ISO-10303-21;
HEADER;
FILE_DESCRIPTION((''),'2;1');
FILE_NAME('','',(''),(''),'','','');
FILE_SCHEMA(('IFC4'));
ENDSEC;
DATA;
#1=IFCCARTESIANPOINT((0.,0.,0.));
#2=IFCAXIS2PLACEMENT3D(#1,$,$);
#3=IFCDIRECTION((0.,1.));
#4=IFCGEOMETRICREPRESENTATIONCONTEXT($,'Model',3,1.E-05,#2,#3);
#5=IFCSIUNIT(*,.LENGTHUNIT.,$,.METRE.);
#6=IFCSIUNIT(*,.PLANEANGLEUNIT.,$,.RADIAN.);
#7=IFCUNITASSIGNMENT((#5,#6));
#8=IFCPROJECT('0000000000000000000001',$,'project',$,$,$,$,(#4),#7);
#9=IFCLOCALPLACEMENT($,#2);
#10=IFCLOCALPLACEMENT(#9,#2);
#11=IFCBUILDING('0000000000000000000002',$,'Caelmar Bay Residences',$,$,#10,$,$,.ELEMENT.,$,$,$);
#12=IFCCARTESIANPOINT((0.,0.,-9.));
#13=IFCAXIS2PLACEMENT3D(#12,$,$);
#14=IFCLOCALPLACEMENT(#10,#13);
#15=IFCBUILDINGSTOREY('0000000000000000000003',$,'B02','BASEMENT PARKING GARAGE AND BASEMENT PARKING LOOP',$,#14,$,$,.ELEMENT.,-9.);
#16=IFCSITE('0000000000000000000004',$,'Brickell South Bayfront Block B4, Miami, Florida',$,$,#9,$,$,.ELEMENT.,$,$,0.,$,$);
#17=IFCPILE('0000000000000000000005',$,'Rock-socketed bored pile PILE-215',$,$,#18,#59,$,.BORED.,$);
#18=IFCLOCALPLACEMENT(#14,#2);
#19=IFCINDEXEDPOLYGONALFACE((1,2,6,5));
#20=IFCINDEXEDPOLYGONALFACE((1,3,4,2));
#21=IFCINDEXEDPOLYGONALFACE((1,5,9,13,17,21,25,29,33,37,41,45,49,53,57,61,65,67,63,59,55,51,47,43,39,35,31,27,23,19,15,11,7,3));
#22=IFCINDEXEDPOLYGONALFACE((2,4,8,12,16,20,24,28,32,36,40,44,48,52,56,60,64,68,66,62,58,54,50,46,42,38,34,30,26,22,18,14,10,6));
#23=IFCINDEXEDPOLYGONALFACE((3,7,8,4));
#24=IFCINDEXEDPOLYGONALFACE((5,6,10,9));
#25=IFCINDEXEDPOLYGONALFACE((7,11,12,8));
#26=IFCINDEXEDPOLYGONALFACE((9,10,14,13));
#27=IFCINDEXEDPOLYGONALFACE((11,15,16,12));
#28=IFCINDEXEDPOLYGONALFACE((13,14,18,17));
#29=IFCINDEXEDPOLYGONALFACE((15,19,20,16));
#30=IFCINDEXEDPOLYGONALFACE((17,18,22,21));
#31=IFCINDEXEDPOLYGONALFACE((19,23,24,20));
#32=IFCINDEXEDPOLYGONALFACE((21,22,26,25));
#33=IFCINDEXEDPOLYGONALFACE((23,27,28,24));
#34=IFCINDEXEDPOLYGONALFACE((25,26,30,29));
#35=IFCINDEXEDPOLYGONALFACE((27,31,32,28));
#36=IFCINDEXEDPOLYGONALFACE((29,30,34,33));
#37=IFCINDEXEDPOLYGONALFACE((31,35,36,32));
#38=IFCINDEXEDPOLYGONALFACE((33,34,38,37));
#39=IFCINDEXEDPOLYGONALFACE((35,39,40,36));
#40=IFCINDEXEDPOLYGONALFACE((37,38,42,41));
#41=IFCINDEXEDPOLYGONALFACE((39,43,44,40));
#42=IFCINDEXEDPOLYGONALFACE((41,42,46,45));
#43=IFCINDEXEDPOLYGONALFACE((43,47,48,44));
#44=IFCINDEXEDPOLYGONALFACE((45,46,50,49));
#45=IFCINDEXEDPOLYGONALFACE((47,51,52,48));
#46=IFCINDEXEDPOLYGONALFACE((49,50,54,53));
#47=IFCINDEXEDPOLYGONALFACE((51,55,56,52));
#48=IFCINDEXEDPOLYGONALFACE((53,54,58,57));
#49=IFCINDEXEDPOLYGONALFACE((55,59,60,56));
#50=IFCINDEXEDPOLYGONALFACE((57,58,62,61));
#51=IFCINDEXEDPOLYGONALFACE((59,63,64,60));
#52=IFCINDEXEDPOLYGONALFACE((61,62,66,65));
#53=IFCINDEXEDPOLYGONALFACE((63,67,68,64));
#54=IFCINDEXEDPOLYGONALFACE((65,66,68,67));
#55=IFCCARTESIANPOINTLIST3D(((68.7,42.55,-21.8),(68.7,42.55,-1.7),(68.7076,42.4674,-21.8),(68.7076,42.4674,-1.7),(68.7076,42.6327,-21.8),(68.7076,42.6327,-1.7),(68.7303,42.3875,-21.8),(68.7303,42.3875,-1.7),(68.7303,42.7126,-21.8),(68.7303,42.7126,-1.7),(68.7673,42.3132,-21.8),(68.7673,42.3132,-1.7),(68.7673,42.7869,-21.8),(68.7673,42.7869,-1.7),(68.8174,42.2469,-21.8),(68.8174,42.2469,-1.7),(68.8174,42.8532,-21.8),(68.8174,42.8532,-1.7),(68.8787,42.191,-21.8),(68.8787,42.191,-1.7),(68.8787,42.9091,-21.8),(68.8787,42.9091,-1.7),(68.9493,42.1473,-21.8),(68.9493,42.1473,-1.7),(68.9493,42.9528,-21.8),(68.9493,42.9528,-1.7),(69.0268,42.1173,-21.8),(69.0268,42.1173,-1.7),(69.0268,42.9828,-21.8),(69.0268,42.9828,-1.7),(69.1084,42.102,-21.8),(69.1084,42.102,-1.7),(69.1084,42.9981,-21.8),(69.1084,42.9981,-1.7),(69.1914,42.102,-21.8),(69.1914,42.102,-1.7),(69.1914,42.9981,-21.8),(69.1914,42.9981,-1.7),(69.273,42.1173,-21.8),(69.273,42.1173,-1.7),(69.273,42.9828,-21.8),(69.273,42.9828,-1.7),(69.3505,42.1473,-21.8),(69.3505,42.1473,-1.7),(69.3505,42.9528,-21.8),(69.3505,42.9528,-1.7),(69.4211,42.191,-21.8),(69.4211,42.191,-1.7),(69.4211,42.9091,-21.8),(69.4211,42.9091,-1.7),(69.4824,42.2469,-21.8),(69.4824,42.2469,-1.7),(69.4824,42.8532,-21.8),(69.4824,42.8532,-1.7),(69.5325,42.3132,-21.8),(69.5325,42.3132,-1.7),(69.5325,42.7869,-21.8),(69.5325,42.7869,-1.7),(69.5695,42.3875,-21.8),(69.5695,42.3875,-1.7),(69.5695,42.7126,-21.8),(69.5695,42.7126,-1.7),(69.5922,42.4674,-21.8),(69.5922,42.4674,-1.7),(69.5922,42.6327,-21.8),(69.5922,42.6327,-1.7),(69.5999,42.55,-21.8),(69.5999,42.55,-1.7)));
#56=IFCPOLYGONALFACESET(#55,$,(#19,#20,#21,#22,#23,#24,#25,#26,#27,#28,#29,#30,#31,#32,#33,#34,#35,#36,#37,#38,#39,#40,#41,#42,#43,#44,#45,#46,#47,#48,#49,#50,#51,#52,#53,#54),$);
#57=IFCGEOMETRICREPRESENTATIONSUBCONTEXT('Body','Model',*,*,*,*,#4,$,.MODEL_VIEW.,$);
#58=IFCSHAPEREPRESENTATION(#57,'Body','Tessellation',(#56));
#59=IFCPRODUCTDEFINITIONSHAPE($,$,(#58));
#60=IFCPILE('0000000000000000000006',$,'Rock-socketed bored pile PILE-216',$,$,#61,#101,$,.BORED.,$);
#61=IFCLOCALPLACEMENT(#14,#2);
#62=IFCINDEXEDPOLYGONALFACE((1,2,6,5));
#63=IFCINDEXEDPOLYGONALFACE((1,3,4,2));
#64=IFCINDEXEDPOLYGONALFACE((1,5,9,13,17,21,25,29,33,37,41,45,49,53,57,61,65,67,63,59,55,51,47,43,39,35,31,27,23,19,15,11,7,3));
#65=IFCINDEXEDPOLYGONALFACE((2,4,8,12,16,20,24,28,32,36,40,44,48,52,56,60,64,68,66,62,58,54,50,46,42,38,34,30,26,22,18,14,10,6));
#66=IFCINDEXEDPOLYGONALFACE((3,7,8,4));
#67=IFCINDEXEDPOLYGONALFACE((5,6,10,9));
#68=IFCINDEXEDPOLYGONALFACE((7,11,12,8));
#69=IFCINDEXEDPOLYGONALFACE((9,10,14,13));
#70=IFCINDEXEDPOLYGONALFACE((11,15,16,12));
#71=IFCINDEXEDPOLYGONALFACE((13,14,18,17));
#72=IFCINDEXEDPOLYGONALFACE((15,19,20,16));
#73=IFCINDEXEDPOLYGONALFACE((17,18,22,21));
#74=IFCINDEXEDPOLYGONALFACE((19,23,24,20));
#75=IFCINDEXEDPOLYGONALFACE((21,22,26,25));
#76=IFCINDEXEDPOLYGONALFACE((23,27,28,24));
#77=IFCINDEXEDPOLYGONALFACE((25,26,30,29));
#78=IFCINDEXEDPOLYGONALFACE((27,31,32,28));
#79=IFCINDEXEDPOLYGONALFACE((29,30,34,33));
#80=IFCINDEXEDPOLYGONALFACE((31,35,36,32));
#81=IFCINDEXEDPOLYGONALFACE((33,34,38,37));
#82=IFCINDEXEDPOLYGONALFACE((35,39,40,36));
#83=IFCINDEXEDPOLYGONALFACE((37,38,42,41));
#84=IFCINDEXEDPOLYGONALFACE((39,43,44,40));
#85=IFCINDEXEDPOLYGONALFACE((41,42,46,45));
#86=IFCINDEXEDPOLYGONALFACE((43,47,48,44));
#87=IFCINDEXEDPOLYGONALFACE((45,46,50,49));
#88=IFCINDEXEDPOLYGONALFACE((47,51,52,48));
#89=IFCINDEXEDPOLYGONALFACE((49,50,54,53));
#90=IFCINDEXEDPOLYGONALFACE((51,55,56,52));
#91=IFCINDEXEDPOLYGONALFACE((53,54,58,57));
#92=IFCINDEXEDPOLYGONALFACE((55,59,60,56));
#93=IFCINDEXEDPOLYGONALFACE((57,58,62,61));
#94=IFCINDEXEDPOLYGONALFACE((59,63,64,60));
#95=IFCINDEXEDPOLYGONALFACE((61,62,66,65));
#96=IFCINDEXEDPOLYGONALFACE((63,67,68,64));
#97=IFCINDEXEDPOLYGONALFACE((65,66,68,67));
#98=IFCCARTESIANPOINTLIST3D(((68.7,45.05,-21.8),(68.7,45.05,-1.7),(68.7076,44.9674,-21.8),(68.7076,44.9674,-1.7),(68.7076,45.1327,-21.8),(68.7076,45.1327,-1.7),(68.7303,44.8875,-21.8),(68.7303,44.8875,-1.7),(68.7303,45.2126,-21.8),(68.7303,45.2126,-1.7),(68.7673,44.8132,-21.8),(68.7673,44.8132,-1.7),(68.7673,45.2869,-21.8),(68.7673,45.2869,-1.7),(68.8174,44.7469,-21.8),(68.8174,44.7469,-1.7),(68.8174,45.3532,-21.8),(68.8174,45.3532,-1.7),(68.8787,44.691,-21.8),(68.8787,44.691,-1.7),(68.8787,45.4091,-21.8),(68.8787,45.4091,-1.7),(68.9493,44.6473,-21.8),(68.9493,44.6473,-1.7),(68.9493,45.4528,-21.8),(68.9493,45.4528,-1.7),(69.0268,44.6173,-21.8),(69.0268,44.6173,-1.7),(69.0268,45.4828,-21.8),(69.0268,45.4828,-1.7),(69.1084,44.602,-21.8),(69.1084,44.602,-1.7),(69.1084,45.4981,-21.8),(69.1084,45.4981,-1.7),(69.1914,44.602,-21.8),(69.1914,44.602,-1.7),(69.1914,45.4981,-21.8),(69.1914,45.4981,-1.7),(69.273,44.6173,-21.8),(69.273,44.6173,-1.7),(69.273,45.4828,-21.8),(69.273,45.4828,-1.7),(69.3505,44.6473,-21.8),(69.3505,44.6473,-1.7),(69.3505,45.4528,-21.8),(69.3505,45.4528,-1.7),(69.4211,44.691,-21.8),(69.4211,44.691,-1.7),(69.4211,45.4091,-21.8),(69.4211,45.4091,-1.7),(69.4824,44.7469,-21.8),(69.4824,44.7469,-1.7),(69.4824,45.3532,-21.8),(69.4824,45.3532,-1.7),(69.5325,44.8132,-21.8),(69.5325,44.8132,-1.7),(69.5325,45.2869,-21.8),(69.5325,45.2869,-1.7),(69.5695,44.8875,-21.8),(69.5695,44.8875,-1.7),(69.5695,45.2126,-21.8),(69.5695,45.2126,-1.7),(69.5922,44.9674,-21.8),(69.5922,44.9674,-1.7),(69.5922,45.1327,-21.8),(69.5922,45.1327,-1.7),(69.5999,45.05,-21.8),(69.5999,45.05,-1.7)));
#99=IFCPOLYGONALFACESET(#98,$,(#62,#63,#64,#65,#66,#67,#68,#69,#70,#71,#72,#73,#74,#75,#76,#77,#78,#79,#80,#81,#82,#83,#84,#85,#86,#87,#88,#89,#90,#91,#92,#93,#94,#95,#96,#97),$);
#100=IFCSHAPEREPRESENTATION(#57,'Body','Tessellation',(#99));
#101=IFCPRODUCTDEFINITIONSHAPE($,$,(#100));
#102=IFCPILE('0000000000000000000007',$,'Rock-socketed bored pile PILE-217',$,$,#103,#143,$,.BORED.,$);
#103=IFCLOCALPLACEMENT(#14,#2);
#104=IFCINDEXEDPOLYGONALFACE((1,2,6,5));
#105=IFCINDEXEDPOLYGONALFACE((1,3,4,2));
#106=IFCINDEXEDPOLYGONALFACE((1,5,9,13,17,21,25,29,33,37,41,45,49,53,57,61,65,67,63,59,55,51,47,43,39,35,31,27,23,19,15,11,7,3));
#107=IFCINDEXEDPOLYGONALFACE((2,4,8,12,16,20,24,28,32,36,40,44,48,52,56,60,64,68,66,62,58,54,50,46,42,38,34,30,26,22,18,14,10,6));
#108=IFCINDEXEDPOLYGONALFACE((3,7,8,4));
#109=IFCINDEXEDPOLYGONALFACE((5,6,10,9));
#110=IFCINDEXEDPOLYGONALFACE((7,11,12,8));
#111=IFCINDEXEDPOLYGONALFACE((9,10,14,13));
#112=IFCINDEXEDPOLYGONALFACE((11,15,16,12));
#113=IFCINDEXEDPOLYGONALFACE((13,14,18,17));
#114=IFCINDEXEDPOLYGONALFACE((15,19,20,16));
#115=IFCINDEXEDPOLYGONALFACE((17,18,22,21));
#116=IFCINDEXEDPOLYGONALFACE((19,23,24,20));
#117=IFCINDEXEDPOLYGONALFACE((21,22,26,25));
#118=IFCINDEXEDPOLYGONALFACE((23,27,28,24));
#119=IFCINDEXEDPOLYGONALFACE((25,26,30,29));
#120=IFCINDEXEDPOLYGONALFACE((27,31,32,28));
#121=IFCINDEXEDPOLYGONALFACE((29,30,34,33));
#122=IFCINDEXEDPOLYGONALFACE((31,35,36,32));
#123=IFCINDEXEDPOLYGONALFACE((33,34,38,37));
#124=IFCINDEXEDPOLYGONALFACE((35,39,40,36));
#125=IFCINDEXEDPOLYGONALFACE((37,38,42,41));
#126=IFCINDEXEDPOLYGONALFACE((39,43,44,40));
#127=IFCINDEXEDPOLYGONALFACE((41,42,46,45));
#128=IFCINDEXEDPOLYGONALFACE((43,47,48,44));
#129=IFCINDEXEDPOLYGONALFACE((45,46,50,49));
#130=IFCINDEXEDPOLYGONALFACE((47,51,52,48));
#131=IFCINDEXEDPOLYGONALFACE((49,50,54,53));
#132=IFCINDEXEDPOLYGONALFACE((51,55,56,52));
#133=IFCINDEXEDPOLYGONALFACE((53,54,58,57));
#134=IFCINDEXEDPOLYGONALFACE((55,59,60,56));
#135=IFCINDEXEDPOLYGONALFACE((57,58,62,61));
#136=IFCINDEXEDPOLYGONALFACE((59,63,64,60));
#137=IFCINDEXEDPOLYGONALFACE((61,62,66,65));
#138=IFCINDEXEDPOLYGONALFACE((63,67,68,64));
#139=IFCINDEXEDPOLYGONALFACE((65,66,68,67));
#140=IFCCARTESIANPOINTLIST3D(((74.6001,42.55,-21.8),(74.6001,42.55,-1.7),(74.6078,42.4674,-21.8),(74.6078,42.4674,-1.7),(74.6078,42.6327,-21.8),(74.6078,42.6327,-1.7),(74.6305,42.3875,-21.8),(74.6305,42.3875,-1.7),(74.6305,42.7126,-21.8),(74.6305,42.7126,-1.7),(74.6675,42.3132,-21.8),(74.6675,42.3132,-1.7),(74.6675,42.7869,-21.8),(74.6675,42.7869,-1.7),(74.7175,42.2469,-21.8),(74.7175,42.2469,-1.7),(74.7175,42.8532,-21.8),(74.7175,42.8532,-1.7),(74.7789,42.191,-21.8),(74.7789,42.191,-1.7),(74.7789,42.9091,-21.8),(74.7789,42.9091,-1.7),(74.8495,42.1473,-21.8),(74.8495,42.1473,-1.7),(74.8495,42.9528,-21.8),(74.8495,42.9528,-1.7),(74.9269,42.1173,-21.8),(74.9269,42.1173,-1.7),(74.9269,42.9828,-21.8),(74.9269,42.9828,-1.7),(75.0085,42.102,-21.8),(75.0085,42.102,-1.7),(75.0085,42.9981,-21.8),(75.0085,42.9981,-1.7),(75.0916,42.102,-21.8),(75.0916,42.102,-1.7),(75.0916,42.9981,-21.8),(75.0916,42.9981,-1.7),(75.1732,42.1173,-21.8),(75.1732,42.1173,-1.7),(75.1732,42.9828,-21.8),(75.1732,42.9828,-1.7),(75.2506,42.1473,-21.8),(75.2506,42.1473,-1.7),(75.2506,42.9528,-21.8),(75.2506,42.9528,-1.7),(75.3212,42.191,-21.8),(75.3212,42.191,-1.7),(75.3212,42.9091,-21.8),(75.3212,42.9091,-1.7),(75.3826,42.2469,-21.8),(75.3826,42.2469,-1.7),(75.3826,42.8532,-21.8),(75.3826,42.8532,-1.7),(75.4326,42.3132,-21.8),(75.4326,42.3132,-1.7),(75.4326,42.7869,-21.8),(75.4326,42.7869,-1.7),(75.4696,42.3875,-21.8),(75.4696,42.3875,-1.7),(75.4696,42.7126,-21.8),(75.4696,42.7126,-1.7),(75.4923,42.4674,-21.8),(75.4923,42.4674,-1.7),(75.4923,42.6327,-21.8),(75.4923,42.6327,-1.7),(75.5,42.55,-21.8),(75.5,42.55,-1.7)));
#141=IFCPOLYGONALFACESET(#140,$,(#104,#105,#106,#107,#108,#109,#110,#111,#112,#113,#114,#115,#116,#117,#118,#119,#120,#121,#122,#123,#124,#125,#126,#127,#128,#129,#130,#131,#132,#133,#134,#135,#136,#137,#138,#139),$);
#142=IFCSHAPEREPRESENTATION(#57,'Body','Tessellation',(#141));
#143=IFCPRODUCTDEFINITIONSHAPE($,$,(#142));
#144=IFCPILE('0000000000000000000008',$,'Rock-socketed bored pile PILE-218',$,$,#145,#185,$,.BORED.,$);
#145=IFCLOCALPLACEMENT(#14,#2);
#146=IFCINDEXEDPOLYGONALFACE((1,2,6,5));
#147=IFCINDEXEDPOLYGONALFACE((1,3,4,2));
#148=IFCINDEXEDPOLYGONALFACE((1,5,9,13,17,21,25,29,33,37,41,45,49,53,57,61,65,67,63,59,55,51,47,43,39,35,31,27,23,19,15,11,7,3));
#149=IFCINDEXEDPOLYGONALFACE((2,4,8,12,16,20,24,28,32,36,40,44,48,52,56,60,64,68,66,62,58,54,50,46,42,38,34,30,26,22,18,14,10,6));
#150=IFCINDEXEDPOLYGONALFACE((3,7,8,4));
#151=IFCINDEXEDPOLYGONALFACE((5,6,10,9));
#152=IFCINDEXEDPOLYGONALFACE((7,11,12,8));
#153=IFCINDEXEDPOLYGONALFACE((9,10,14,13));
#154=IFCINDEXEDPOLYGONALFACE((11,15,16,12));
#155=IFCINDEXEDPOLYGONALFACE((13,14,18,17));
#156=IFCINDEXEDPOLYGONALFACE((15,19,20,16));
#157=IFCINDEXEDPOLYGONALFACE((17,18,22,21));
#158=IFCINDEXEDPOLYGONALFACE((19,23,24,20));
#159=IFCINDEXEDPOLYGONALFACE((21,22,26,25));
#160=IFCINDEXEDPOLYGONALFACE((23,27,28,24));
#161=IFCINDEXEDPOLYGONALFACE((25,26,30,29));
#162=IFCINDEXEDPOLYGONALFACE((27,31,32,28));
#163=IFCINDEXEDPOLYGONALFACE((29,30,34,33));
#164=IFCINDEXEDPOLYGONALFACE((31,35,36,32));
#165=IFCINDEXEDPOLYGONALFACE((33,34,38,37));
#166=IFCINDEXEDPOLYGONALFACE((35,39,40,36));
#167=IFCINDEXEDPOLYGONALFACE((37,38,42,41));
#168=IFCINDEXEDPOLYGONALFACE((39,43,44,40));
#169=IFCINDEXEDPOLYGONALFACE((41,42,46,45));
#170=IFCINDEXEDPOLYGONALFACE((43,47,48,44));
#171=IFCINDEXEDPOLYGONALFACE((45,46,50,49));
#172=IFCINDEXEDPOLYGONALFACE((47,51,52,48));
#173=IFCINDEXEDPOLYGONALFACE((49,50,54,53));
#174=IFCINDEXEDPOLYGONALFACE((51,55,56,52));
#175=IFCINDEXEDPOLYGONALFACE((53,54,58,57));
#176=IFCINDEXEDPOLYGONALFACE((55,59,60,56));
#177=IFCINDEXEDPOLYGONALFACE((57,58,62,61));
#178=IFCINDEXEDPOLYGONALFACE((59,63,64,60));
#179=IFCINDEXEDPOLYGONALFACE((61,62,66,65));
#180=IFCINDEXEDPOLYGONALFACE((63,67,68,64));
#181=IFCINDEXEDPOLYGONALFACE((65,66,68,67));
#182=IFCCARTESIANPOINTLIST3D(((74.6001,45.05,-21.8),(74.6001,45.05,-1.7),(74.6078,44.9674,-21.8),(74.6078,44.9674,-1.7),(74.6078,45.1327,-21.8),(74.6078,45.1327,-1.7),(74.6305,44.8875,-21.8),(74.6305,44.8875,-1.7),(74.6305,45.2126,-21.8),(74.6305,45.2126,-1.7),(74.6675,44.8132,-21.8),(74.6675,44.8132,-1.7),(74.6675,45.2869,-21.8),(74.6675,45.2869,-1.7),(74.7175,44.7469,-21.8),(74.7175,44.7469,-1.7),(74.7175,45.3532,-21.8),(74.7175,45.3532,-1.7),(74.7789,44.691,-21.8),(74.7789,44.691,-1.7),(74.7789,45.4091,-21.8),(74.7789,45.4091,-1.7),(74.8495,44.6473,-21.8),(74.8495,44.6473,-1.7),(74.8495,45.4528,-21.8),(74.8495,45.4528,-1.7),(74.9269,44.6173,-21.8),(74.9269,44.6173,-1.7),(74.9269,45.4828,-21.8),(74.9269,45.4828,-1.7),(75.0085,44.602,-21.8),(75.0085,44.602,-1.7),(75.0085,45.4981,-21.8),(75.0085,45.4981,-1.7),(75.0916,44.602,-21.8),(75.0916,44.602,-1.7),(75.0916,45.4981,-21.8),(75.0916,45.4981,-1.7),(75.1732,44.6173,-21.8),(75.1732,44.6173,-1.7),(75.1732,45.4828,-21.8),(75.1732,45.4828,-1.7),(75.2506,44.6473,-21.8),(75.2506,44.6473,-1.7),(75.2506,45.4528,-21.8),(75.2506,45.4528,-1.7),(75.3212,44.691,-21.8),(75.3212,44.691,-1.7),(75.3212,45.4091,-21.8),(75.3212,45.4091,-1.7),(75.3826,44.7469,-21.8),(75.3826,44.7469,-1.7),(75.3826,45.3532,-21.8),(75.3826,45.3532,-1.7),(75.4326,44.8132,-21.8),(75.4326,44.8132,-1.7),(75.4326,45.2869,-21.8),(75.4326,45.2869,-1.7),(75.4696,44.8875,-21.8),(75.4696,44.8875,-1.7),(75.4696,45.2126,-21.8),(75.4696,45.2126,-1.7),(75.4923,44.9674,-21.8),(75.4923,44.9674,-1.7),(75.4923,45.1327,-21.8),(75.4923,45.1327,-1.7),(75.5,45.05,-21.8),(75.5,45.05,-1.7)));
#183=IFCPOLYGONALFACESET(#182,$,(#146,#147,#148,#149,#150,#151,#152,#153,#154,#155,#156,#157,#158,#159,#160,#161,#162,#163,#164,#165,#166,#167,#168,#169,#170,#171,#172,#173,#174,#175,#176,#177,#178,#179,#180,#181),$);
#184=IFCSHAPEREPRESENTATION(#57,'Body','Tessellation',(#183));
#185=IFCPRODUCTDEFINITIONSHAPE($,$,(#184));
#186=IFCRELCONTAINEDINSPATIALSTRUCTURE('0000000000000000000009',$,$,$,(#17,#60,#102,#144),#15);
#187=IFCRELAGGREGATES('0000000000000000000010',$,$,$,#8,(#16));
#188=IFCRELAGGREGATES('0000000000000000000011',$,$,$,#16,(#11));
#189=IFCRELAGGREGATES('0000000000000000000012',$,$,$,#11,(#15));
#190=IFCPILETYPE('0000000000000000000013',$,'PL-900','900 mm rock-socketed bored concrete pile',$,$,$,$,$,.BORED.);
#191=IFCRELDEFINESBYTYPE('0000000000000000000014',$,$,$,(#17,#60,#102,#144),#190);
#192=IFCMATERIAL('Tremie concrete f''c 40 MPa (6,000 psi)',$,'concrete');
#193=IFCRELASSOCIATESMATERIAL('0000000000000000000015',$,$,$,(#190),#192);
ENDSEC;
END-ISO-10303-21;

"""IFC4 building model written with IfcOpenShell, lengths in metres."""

from ifc_helpers import new_model, si_unit, direction, frame, origin, origin_2d, place, context, subcontext, project, spatial, circle, extrude, material, material_profile, profile_set, type_object, element, save


model = new_model("IFC4")

# Units and contexts
model_context = context("Model", 3, precision=1e-05, world=origin(), true_north=direction((0.0, 1.0)))
body_context = subcontext(model_context, "Body", "Model", "MODEL_VIEW")
ifc_project = project(units=[si_unit("LENGTHUNIT", "METRE"), si_unit("PLANEANGLEUNIT", "RADIAN")], contexts=[model_context])

# Site, building, storey
site_placement = place(None, origin())
site = spatial("IfcSite", under=ifc_project, at=site_placement, Name="Brickell South Bayfront Block B4, Miami, Florida", CompositionType="ELEMENT", RefElevation=0.0)
building_placement = place(site_placement, origin())
building = spatial("IfcBuilding", under=site, at=building_placement, Name="Caelmar Bay Residences", CompositionType="ELEMENT")
storey_placement = place(building_placement, frame((0.0, 0.0, -9.0)))
storey = spatial("IfcBuildingStorey", under=building, at=storey_placement, Name="B02", Description="BASEMENT PARKING GARAGE AND BASEMENT PARKING LOOP", CompositionType="ELEMENT", Elevation=-9.0)

# Piles
ifc_material_1 = material(Name="Tremie concrete f'c 40 MPa (6,000 psi)", Category="concrete")
ifc_material_profile_1 = material_profile(ifc_material_1, circle(Radius=0.45, at=origin_2d()), Name="PILE-900D")
ifc_profile_set_1 = profile_set([ifc_material_profile_1], Name="Tremie concrete f'c 40 MPa (6,000 psi)")
pile_type_1 = type_object("IfcPileType", Name="PL-900", Description="900 mm rock-socketed bored concrete pile", PredefinedType="BORED", material=ifc_profile_set_1)
for number, where, z_axis, x_axis, name in (
    (1, (69.1499, 42.55, -1.7), (0.0, 0.0, -1.0), (1.0, 0.0, 0.0), "Rock-socketed bored pile PILE-215"),
    (2, (69.1499, 45.05, -1.7), (0.0, 0.0, -1.0), (1.0, 0.0, 0.0), "Rock-socketed bored pile PILE-216"),
    (3, (75.05, 42.55, -1.7), (0.0, 0.0, -1.0), (1.0, 0.0, 0.0), "Rock-socketed bored pile PILE-217"),
    (4, (75.05, 45.05, -1.7), (0.0, 0.0, -1.0), (1.0, 0.0, 0.0), "Rock-socketed bored pile PILE-218"),
):
    element("IfcPile", number, at=place(storey_placement, frame(where, z_axis=z_axis, x_axis=x_axis)), inside=storey, type_object=pile_type_1, Name=name, PredefinedType="BORED", context=body_context, shape_type="SweptSolid", body=[
        extrude(circle(Radius=0.45, at=origin_2d()), origin(), (0.0, 0.0, 1.0), 20.1001),
    ])

save(model, "model.ifc")
